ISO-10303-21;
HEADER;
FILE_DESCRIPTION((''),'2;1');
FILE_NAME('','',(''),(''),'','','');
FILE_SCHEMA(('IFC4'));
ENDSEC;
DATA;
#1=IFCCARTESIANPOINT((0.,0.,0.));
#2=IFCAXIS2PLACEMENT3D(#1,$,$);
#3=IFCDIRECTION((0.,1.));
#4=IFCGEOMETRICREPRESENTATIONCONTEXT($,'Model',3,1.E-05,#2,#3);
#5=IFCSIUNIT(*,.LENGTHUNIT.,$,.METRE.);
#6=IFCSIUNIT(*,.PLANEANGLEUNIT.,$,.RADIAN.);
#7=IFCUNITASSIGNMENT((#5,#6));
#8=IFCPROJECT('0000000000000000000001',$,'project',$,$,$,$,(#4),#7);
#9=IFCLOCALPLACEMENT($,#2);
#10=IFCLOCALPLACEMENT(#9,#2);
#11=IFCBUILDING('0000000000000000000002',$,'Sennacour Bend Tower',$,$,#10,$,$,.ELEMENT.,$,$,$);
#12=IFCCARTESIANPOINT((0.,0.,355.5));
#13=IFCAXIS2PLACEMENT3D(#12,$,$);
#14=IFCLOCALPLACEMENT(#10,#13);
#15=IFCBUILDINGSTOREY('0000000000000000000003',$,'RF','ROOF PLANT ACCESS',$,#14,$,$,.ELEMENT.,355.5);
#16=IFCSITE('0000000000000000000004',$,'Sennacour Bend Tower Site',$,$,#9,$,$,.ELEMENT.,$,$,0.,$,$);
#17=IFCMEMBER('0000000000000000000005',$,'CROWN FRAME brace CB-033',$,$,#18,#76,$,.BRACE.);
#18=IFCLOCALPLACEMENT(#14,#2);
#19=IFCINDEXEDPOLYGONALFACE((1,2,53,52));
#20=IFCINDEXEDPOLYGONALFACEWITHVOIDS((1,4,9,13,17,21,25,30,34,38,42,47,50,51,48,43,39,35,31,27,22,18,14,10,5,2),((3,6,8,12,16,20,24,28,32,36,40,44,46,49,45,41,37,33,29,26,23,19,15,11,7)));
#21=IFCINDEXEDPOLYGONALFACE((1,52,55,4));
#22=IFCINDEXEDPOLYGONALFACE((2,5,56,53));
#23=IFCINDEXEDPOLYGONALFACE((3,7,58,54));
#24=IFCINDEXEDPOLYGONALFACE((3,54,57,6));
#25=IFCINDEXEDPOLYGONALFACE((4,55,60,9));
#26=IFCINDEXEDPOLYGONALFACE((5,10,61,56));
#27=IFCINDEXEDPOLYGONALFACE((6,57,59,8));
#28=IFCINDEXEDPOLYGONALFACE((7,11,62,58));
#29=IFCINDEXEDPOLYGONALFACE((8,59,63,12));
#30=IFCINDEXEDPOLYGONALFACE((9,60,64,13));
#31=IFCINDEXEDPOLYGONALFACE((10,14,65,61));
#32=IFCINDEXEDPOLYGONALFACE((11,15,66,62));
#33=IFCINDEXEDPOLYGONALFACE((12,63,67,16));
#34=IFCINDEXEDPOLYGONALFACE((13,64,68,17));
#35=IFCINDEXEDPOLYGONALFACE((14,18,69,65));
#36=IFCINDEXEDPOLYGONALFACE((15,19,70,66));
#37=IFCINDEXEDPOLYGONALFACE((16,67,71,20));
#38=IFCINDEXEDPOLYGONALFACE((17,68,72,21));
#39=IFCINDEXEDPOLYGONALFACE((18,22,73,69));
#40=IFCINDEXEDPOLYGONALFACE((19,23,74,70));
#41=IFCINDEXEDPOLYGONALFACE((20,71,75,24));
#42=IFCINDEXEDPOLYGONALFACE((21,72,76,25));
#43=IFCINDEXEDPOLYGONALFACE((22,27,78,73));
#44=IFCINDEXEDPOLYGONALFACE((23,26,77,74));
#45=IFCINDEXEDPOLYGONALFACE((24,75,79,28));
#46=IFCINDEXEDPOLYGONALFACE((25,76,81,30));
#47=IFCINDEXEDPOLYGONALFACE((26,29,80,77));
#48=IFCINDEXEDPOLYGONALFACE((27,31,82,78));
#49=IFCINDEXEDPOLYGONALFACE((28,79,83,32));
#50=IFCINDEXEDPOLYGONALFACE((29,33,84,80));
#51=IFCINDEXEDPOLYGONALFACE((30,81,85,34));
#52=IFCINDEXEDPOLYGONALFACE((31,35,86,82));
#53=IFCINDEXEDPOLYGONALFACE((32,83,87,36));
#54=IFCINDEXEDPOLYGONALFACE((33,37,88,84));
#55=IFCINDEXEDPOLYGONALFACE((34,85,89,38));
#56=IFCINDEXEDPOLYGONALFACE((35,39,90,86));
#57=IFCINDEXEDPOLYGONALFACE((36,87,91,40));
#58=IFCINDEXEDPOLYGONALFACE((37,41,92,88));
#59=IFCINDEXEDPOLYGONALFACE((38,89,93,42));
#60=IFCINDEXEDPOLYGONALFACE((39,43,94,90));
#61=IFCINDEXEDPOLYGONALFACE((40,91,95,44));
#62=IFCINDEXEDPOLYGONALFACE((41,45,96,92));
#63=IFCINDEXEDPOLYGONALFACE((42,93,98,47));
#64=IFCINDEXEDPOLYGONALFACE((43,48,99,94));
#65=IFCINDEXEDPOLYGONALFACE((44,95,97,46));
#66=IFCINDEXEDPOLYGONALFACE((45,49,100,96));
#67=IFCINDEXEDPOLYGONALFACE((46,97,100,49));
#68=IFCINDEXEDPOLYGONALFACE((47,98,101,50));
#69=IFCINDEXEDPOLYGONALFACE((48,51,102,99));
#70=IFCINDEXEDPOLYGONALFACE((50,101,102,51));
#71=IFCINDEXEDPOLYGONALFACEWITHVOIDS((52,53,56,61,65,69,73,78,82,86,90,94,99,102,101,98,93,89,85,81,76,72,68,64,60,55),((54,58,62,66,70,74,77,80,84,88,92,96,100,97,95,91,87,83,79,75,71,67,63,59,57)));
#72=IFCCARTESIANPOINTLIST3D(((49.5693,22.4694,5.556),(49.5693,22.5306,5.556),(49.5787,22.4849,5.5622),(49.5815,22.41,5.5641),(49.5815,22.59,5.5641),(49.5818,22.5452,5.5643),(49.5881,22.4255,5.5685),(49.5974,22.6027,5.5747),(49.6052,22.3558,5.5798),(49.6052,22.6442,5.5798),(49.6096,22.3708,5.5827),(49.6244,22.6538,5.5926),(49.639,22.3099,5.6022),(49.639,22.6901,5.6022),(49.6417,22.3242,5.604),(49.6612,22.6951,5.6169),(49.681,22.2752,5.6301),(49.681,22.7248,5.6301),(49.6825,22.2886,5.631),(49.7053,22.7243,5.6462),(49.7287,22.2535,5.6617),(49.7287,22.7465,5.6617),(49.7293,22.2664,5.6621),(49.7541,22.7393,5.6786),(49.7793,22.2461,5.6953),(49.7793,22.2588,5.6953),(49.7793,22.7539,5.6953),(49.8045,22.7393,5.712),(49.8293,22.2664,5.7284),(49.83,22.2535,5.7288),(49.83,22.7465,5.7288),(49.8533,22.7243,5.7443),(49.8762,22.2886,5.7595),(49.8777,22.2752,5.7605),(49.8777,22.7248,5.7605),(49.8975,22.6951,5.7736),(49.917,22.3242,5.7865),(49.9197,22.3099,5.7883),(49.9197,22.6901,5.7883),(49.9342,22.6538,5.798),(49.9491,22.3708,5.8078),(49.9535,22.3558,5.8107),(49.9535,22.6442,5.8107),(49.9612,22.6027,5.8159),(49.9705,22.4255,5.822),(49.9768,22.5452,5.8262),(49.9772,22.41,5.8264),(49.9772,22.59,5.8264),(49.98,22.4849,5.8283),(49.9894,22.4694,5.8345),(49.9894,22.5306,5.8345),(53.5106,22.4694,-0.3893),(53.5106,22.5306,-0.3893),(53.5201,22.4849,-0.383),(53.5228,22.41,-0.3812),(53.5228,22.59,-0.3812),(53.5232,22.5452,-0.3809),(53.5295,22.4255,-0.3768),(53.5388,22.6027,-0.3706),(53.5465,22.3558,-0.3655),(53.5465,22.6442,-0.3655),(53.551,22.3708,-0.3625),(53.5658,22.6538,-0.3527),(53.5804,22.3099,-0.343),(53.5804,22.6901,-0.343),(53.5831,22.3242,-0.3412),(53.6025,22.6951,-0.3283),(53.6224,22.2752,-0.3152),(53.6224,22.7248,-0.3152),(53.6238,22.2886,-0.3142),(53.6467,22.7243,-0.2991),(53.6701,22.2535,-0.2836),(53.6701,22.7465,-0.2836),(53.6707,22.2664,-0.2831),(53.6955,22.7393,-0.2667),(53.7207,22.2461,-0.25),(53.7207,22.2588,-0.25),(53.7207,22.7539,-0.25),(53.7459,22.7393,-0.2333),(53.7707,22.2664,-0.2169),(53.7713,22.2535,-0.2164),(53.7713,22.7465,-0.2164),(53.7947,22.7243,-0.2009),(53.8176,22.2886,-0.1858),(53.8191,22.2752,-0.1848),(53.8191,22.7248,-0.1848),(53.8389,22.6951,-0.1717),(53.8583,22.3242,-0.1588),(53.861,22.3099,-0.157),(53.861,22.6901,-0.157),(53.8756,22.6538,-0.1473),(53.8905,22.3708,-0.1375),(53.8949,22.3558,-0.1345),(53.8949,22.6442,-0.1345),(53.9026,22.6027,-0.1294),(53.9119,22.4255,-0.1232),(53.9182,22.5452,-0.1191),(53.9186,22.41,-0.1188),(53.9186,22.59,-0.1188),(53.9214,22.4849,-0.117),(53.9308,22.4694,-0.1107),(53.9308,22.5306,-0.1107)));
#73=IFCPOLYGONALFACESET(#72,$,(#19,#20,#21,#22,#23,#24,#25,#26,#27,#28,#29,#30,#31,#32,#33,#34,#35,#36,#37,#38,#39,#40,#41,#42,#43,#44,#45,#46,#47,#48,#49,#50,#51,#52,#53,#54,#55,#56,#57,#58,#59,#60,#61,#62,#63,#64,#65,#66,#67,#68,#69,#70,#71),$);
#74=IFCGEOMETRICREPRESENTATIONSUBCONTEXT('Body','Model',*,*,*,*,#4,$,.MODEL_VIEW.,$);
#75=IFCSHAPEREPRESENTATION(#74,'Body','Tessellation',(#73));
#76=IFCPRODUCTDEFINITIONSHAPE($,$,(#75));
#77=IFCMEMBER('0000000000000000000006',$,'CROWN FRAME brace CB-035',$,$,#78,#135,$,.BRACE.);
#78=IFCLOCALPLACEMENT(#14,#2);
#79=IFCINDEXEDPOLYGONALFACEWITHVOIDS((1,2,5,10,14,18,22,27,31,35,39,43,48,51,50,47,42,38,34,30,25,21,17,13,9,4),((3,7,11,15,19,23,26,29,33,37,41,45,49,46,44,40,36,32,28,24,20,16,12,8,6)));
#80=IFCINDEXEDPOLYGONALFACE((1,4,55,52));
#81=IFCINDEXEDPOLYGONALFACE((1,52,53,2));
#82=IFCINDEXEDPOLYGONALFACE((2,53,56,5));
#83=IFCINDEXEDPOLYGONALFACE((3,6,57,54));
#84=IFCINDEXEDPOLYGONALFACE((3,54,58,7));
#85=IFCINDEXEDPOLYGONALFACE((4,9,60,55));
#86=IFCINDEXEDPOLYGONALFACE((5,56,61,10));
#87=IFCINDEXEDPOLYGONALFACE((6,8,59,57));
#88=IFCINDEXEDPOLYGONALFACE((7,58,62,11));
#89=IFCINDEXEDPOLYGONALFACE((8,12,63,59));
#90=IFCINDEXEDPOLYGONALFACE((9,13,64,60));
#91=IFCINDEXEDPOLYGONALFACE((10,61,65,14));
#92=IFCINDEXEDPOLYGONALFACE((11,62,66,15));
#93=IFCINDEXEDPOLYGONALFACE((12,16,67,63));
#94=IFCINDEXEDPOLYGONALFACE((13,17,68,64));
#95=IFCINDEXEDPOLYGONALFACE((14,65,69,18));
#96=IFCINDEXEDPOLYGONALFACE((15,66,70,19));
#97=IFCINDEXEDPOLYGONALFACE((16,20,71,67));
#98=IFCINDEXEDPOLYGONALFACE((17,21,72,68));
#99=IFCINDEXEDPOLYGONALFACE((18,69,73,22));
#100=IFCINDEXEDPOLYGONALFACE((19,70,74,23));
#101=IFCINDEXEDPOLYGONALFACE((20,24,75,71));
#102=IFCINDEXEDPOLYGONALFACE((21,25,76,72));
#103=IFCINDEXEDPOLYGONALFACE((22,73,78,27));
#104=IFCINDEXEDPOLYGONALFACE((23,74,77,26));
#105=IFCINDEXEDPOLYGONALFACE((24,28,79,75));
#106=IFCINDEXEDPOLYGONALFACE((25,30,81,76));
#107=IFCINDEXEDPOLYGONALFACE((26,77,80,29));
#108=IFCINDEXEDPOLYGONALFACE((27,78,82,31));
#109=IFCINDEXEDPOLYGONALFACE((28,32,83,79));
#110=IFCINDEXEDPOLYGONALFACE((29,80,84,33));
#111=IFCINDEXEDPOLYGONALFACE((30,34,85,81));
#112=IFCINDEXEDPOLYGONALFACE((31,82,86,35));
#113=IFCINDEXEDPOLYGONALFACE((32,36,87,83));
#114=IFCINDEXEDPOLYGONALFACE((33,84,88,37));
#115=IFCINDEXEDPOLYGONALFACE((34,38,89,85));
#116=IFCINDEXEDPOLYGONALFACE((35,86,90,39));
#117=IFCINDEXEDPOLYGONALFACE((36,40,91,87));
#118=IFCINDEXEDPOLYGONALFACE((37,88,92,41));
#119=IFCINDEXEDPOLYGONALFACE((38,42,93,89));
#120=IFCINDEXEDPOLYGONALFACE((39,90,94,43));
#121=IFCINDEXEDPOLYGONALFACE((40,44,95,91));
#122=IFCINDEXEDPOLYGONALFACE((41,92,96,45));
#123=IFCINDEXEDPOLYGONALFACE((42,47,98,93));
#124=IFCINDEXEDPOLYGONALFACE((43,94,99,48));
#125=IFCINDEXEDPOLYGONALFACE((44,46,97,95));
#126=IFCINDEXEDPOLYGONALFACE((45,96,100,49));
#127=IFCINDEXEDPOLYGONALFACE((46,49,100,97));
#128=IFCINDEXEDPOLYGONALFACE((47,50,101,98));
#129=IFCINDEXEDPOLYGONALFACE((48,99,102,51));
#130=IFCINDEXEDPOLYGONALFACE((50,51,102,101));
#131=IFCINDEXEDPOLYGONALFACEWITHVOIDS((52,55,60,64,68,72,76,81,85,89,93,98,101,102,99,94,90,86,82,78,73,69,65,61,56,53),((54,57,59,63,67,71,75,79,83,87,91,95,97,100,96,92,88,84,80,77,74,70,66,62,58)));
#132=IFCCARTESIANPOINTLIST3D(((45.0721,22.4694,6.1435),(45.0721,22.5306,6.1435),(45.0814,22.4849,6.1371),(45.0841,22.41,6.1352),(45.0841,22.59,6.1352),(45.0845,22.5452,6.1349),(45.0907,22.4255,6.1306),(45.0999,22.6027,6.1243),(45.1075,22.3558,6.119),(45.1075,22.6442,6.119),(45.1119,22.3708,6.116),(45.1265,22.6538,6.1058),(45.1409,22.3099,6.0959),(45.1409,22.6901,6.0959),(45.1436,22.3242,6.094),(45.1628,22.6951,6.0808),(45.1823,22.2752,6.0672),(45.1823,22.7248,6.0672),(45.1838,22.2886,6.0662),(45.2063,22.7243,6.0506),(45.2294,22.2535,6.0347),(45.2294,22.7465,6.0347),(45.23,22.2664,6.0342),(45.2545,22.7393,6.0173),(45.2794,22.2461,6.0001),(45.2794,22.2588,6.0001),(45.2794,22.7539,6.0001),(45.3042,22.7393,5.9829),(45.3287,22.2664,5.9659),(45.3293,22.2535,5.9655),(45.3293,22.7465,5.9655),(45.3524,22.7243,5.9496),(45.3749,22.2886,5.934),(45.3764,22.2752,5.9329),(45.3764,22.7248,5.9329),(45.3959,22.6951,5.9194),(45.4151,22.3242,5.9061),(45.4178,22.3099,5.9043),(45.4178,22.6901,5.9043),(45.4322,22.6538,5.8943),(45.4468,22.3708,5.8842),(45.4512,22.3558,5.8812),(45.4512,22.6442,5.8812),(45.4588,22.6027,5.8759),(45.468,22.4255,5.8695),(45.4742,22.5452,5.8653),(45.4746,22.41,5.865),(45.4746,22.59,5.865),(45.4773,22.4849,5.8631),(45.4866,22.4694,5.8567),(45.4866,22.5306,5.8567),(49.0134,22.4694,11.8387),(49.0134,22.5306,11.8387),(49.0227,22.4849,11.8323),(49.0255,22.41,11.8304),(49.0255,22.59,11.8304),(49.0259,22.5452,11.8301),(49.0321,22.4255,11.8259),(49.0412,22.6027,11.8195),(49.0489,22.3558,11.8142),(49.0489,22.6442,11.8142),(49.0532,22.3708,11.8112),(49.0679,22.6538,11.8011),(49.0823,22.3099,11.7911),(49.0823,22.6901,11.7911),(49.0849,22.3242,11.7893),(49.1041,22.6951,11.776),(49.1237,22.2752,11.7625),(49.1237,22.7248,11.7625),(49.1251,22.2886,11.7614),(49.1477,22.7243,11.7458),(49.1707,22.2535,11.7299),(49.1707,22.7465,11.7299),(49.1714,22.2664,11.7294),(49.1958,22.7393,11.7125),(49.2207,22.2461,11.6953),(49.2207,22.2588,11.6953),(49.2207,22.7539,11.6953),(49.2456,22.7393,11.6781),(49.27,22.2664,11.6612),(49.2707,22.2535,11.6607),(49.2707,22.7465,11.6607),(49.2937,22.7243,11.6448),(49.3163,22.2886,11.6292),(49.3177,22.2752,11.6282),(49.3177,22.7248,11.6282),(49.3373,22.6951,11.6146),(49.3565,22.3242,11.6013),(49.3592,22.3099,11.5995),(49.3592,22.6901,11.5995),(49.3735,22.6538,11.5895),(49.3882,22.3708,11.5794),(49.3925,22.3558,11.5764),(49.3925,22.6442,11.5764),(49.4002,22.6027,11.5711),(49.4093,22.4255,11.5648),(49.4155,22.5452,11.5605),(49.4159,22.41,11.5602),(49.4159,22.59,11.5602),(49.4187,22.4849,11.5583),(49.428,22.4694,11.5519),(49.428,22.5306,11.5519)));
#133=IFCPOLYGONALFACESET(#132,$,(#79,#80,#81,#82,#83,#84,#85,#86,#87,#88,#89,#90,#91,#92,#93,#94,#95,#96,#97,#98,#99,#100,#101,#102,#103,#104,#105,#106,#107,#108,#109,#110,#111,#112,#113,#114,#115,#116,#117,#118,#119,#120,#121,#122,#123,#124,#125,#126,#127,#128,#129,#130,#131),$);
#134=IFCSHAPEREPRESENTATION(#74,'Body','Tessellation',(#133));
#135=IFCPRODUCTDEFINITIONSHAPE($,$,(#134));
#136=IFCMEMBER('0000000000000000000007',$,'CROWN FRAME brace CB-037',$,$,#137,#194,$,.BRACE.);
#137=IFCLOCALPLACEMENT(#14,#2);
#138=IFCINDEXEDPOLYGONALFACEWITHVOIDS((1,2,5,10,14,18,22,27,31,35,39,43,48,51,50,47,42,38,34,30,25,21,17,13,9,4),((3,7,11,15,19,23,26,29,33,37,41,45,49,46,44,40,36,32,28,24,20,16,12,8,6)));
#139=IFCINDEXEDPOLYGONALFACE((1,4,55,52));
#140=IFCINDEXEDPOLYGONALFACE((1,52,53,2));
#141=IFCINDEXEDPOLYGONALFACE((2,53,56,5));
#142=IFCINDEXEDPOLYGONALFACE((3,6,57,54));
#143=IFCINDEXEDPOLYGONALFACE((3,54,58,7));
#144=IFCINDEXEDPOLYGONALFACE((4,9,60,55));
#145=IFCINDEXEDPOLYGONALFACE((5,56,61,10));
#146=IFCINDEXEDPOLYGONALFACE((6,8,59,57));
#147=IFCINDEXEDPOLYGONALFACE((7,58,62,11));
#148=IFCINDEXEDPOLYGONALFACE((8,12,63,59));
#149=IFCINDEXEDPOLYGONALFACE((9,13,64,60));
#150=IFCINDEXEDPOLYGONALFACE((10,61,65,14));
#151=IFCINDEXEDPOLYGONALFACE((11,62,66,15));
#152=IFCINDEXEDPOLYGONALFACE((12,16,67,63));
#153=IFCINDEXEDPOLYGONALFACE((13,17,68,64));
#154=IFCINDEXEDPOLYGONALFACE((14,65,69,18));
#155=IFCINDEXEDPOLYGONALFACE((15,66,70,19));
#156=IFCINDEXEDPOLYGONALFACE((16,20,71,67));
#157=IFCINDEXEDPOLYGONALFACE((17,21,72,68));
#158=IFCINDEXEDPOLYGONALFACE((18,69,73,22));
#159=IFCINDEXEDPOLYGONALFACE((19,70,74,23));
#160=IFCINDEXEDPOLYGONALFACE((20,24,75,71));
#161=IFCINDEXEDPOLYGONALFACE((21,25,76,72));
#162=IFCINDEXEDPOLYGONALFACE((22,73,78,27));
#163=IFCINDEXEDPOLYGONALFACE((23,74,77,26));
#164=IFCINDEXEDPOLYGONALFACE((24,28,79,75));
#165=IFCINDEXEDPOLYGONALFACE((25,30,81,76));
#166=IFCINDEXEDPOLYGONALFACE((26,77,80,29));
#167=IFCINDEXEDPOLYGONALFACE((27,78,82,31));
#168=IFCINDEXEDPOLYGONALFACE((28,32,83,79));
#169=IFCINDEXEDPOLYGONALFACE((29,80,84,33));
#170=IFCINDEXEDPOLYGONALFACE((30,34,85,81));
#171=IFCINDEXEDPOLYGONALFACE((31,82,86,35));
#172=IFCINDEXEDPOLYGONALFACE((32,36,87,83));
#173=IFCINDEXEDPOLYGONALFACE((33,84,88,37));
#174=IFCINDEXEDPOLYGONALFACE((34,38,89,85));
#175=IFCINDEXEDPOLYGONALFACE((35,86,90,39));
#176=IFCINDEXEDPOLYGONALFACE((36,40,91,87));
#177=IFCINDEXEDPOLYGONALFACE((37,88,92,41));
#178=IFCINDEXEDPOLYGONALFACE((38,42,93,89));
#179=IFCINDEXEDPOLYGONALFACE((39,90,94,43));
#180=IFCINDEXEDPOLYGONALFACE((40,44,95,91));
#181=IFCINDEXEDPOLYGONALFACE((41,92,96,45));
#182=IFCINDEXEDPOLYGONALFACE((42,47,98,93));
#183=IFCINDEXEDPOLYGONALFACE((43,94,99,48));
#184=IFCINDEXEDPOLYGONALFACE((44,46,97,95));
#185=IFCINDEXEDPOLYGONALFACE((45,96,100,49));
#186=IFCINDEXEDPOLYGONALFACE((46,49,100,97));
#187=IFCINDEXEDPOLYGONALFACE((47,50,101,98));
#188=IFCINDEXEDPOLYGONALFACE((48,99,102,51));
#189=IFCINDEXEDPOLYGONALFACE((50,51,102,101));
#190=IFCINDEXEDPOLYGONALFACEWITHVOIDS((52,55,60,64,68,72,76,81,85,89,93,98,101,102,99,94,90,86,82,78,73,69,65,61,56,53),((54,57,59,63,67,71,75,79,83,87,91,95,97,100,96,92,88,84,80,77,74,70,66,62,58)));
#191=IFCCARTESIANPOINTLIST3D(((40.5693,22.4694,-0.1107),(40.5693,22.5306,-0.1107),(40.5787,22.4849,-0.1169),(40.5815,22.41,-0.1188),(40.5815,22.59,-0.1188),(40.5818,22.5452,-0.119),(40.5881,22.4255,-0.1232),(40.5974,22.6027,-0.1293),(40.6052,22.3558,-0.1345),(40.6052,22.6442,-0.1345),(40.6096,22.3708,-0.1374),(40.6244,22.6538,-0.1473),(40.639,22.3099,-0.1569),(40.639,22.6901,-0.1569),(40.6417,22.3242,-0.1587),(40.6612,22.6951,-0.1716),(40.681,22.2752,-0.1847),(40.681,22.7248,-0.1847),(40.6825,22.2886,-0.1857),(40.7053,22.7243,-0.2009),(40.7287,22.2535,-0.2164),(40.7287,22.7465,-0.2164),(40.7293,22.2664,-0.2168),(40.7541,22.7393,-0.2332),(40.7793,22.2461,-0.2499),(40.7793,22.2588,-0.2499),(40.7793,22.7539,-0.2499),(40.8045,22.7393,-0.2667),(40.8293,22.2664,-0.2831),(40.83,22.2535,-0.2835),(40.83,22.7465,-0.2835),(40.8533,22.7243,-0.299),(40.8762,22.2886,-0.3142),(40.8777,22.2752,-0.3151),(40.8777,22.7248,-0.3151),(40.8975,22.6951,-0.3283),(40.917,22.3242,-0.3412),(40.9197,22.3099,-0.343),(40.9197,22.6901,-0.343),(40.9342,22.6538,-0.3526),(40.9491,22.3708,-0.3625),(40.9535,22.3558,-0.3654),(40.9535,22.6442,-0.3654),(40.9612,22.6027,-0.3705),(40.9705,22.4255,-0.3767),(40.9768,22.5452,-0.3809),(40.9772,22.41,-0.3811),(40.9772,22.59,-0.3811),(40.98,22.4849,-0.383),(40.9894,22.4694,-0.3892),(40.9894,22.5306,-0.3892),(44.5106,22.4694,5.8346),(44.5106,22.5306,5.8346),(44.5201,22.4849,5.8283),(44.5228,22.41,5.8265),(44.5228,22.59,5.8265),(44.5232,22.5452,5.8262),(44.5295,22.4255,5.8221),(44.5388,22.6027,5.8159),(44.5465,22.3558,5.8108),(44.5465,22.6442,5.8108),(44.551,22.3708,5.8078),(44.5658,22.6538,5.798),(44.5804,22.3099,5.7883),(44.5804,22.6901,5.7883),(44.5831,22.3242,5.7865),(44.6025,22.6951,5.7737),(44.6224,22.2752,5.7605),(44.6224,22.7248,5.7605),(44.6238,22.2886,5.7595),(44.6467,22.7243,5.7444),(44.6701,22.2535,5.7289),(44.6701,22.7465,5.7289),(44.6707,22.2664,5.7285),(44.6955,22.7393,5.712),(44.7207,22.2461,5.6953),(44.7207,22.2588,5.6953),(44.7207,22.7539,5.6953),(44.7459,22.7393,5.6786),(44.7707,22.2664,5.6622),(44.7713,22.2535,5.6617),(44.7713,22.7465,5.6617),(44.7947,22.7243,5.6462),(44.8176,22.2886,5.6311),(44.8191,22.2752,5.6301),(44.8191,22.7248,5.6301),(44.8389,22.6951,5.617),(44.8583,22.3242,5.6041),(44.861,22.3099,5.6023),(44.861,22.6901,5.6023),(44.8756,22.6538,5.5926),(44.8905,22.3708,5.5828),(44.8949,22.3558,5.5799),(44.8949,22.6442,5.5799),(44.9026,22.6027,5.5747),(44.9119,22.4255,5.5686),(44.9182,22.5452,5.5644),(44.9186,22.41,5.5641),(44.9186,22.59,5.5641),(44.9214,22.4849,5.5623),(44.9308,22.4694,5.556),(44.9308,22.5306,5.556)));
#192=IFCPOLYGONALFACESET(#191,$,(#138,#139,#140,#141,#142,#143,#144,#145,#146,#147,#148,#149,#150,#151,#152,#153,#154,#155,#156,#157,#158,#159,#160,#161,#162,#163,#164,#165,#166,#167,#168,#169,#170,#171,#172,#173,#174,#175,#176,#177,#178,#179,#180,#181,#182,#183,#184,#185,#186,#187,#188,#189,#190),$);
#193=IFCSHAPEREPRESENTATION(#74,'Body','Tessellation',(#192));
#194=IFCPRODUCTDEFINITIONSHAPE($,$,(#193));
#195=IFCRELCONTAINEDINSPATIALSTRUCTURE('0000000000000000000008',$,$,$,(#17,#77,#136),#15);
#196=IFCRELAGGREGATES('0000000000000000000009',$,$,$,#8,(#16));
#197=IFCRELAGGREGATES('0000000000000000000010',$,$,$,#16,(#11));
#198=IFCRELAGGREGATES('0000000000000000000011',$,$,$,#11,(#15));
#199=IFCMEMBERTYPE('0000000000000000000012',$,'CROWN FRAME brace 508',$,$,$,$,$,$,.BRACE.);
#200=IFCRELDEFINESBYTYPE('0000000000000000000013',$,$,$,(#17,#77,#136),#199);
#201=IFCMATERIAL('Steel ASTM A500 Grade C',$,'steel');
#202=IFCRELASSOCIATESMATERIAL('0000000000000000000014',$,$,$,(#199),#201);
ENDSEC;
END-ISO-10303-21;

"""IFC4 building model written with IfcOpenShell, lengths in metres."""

from ifc_helpers import new_model, si_unit, direction, frame, origin, origin_2d, place, context, subcontext, project, spatial, hollow_circle, extrude, material, material_profile, profile_set, type_object, element, save


model = new_model("IFC4")

# Units and contexts
model_context = context("Model", 3, precision=1e-05, world=origin(), true_north=direction((0.0, 1.0)))
body_context = subcontext(model_context, "Body", "Model", "MODEL_VIEW")
ifc_project = project(units=[si_unit("LENGTHUNIT", "METRE"), si_unit("PLANEANGLEUNIT", "RADIAN")], contexts=[model_context])

# Site, building, storey
site_placement = place(None, origin())
site = spatial("IfcSite", under=ifc_project, at=site_placement, Name="Sennacour Bend Tower Site", CompositionType="ELEMENT", RefElevation=0.0)
building_placement = place(site_placement, origin())
building = spatial("IfcBuilding", under=site, at=building_placement, Name="Sennacour Bend Tower", CompositionType="ELEMENT")
storey_placement = place(building_placement, frame((0.0, 0.0, 355.5)))
storey = spatial("IfcBuildingStorey", under=building, at=storey_placement, Name="RF", Description="ROOF PLANT ACCESS", CompositionType="ELEMENT", Elevation=355.5)

# Shared definitions
ifc_material_1 = material(Name="Steel ASTM A500 Grade C", Category="steel")

# Members
ifc_material_profile_1 = material_profile(ifc_material_1, hollow_circle(Radius=0.2539, WallThickness=0.0127, at=origin_2d()), Name="Steel ASTM A500 Grade C", Category="steel")
ifc_profile_set_1 = profile_set([ifc_material_profile_1], Name="Steel ASTM A500 Grade C")
member_type_1 = type_object("IfcMemberType", Name="CROWN FRAME brace 508", PredefinedType="BRACE", material=ifc_profile_set_1)
member_1_placement = place(storey_placement, frame((53.7207, 22.5, -0.25), z_axis=(-0.55255, 0.0, 0.83348), x_axis=(0.0, -1.0, 0.0)))
element("IfcMember", 1, at=member_1_placement, inside=storey, type_object=member_type_1, Name="CROWN FRAME brace CB-033", PredefinedType="BRACE", context=body_context, shape_type="SweptSolid", body=[
    extrude(hollow_circle(Radius=0.2539, WallThickness=0.0127, at=origin_2d()), origin(), (0.0, 0.0, 1.0), 7.1331),
])
member_2_placement = place(storey_placement, frame((49.2207, 22.5, 11.6953), z_axis=(-0.569063, 0.0, -0.822294), x_axis=(0.0, -1.0, 0.0)))
element("IfcMember", 2, at=member_2_placement, inside=storey, type_object=member_type_1, Name="CROWN FRAME brace CB-035", PredefinedType="BRACE", context=body_context, shape_type="SweptSolid", body=[
    extrude(hollow_circle(Radius=0.2539, WallThickness=0.0127, at=origin_2d()), origin(), (0.0, 0.0, 1.0), 6.926),
])
member_3_placement = place(storey_placement, frame((44.7207, 22.5, 5.6953), z_axis=(-0.55255, 0.0, -0.83348), x_axis=(0.0, -1.0, 0.0)))
element("IfcMember", 3, at=member_3_placement, inside=storey, type_object=member_type_1, Name="CROWN FRAME brace CB-037", PredefinedType="BRACE", context=body_context, shape_type="SweptSolid", body=[
    extrude(hollow_circle(Radius=0.2539, WallThickness=0.0127, at=origin_2d()), origin(), (0.0, 0.0, 1.0), 7.1331),
])

save(model, "model.ifc")
